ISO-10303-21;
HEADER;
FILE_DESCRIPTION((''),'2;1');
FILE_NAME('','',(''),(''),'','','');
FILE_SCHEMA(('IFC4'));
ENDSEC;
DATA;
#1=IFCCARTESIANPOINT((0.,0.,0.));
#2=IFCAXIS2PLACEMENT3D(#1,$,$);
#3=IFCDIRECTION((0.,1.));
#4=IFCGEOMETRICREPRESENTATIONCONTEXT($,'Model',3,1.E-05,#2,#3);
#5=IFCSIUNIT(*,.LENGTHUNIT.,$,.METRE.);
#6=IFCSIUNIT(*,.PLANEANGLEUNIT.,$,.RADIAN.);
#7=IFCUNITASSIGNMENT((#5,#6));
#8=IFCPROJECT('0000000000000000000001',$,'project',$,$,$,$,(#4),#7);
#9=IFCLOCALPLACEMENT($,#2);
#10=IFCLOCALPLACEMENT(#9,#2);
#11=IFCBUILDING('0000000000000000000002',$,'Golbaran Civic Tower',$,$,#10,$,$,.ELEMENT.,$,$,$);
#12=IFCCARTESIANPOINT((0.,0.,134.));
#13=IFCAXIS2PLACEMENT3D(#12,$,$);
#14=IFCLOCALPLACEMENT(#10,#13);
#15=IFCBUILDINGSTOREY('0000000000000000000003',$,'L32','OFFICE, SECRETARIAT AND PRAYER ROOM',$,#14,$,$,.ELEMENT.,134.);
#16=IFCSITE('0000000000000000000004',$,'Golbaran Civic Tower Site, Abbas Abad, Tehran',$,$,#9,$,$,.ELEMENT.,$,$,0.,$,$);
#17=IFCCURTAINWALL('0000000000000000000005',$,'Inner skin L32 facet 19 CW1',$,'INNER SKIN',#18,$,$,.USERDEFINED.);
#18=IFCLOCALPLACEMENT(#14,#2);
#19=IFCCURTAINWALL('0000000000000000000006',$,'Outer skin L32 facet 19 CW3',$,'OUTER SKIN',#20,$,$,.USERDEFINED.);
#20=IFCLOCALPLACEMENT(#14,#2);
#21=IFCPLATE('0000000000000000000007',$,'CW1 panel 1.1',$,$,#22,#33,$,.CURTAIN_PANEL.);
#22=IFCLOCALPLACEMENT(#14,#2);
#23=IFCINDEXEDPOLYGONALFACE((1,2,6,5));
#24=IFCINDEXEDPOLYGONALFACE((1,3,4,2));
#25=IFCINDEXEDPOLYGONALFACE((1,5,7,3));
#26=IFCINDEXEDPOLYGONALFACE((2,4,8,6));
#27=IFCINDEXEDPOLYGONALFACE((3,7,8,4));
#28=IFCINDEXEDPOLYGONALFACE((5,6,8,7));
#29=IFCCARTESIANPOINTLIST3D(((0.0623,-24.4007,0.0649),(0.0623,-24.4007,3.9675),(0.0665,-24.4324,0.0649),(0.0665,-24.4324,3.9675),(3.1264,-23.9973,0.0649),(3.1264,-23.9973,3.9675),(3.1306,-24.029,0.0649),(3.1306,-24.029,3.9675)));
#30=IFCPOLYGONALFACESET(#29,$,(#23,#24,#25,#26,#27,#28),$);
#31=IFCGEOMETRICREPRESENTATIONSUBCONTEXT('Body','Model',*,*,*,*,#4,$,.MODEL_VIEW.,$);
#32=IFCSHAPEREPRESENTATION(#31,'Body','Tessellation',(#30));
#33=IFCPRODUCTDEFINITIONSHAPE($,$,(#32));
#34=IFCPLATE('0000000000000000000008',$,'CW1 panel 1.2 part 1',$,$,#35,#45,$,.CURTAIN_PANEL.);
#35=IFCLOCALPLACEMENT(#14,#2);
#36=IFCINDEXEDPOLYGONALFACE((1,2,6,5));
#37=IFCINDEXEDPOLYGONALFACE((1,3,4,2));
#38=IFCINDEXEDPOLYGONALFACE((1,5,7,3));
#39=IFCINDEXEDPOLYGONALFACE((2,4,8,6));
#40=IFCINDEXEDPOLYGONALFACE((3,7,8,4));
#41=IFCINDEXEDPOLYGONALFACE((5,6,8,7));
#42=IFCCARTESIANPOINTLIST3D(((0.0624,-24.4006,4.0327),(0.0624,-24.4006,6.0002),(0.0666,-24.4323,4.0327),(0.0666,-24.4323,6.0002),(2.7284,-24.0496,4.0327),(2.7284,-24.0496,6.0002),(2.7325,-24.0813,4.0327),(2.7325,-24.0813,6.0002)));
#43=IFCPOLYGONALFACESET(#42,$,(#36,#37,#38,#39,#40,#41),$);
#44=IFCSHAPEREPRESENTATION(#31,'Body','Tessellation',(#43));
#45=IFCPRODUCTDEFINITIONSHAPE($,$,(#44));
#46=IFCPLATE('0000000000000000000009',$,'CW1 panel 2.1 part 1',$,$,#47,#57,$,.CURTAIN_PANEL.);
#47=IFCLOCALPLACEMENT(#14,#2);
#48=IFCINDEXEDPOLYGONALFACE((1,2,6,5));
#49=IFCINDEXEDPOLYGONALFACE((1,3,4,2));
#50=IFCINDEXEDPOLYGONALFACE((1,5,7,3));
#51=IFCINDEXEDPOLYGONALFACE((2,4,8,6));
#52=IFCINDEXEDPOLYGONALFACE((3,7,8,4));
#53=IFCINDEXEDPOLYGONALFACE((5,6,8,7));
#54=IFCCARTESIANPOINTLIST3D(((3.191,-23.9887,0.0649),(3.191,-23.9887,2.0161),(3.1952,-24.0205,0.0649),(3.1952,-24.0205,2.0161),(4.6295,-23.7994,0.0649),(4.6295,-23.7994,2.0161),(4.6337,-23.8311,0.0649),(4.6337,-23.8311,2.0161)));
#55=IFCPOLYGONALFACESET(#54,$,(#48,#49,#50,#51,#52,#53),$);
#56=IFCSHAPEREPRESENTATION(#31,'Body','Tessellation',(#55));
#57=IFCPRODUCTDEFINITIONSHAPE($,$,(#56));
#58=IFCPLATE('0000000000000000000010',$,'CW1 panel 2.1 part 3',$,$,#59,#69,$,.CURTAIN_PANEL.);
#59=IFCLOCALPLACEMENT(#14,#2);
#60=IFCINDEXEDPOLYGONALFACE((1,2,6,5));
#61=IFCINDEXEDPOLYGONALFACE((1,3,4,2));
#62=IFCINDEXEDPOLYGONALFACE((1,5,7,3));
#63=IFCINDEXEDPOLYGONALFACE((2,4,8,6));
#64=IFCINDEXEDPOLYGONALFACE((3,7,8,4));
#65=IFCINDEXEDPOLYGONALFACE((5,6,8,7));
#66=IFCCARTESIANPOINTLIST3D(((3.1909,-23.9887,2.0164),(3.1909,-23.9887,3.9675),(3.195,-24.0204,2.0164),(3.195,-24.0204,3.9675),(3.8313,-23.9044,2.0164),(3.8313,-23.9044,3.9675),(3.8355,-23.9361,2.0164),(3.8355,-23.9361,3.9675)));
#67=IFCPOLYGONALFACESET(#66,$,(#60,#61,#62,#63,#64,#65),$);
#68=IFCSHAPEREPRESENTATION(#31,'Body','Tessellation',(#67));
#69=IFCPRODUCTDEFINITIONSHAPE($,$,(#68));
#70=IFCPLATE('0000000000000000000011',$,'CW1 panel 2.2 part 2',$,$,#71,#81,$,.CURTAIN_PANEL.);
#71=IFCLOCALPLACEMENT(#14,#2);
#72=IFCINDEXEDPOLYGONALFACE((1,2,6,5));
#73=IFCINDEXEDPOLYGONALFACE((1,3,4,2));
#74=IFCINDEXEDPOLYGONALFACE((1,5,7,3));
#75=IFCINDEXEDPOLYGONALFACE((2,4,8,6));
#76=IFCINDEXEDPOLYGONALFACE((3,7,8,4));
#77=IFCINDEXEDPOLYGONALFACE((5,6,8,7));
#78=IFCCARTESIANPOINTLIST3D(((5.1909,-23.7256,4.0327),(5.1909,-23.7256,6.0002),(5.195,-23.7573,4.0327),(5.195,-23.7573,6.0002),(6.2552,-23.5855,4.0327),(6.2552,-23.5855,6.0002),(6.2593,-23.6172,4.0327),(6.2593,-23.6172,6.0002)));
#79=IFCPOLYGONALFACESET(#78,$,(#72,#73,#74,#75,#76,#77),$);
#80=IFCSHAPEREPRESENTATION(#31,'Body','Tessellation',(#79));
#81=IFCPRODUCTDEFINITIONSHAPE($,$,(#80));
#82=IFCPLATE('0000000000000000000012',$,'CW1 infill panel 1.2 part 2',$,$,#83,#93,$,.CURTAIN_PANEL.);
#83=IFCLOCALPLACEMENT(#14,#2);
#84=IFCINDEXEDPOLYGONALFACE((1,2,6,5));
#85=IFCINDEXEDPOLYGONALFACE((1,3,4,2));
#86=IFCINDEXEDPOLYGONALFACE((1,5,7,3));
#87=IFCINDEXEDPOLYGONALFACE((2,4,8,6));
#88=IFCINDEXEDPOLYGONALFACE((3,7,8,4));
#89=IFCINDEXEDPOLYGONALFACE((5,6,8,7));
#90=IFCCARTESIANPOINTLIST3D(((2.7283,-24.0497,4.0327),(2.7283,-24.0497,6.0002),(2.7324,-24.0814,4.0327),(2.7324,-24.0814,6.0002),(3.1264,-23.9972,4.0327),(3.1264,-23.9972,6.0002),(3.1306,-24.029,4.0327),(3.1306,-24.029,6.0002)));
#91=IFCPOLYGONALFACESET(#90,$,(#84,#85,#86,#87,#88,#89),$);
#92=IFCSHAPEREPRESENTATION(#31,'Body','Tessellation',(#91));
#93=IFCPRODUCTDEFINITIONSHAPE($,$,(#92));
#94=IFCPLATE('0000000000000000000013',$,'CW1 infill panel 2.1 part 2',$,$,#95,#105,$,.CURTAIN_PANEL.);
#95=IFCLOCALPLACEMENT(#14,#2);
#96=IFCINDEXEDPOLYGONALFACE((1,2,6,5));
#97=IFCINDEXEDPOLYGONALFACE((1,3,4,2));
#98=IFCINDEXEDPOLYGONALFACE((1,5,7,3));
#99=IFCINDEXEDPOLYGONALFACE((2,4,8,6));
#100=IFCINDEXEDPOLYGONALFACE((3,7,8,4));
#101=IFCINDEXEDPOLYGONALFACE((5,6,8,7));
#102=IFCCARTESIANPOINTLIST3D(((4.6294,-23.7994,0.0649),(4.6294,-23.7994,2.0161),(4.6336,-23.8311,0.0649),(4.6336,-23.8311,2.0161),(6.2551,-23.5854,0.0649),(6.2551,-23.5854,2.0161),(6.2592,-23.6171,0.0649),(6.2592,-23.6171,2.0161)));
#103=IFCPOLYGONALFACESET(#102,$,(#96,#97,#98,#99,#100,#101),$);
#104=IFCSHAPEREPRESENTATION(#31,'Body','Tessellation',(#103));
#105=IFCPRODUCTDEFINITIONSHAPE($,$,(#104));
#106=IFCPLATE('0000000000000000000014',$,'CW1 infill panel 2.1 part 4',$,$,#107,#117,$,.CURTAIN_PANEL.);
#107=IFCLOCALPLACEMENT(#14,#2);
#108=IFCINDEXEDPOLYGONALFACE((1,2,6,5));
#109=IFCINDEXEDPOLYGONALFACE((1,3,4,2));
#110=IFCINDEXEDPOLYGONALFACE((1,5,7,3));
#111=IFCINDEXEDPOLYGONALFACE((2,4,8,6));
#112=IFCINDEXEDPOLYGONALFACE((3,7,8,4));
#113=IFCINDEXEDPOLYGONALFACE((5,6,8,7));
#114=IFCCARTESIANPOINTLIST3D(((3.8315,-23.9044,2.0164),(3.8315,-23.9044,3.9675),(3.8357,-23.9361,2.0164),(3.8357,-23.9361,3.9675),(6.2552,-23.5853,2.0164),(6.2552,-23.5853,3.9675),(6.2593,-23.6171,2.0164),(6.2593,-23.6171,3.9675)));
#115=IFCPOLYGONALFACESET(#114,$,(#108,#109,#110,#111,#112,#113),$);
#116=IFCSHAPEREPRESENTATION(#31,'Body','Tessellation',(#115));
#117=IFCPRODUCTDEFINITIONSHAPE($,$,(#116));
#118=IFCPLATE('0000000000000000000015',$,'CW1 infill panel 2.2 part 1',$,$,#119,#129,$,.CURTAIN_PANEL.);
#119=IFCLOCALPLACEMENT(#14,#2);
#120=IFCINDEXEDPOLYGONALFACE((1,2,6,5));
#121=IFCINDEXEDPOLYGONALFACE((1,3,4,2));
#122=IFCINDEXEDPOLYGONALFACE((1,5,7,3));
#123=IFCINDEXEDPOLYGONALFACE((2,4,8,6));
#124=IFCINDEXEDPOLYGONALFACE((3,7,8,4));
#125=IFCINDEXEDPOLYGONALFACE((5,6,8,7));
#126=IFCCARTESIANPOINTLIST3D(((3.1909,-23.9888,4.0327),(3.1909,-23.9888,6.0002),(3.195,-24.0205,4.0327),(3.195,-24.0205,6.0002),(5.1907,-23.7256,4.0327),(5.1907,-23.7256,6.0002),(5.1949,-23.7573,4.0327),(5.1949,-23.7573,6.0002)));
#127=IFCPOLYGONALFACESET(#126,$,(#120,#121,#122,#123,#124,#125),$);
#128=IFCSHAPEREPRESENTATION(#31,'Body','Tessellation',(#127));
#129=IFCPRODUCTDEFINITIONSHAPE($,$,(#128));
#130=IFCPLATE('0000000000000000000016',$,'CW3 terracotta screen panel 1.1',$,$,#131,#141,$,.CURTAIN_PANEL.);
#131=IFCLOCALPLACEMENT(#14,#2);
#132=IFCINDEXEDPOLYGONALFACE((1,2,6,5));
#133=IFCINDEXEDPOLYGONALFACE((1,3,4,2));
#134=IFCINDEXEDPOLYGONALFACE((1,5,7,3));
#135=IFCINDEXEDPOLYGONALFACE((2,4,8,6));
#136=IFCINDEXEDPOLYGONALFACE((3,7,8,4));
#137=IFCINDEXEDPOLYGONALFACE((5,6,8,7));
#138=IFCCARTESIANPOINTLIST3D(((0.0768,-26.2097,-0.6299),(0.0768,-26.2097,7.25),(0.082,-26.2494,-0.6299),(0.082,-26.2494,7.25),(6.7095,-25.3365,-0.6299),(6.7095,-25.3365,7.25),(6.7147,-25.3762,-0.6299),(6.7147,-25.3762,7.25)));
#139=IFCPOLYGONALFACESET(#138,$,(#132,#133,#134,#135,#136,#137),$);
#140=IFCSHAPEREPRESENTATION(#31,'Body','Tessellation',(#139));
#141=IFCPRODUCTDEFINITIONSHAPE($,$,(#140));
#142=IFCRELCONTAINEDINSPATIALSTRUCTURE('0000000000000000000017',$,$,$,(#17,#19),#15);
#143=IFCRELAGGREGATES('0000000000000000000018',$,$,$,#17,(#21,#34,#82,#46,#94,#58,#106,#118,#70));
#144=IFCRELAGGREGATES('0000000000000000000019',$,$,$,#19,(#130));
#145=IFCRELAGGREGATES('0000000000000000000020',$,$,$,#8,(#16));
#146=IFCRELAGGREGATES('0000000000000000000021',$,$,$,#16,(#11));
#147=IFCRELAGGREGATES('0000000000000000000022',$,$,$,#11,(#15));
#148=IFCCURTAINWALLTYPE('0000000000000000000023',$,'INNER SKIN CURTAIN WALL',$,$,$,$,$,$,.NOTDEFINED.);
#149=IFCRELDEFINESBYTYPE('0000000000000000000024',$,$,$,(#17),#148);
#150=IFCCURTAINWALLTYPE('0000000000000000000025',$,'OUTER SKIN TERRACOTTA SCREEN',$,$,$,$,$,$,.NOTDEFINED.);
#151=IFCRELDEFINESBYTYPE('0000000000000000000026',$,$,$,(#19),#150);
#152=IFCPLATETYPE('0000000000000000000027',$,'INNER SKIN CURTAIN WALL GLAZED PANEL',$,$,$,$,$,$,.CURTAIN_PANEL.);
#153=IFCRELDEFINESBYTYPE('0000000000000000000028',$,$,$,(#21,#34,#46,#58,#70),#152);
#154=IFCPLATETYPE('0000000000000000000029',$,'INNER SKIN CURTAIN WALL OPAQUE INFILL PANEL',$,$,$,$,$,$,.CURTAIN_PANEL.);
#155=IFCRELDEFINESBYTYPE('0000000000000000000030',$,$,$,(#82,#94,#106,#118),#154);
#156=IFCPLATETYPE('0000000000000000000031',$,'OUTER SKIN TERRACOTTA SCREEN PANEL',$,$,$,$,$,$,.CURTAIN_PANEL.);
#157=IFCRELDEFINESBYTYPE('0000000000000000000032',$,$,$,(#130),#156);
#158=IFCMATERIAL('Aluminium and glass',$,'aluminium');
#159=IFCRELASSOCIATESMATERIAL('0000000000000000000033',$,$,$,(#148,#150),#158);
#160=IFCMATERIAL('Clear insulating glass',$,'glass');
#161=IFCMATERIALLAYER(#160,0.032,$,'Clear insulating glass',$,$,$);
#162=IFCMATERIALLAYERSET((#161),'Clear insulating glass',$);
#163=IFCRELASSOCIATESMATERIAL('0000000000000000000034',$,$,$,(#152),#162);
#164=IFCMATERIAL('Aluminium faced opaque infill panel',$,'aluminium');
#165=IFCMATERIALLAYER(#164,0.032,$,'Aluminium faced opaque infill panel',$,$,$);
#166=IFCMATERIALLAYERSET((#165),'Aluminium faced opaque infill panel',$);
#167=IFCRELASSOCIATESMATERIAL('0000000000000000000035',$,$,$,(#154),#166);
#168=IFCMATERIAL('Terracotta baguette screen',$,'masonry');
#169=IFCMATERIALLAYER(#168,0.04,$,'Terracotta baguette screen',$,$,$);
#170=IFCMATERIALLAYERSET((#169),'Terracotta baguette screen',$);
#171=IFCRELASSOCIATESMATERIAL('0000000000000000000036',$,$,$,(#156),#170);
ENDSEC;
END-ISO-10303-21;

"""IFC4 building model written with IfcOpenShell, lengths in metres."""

from ifc_helpers import new_model, si_unit, direction, frame, origin, origin_2d, place, context, subcontext, project, spatial, rectangle, extrude, material, layer, layer_set, type_object, element, aggregate, save


model = new_model("IFC4")

# Units and contexts
model_context = context("Model", 3, precision=1e-05, world=origin(), true_north=direction((0.0, 1.0)))
body_context = subcontext(model_context, "Body", "Model", "MODEL_VIEW")
ifc_project = project(units=[si_unit("LENGTHUNIT", "METRE"), si_unit("PLANEANGLEUNIT", "RADIAN")], contexts=[model_context])

# Site, building, storey
site_placement = place(None, origin())
site = spatial("IfcSite", under=ifc_project, at=site_placement, Name="Golbaran Civic Tower Site, Abbas Abad, Tehran", CompositionType="ELEMENT", RefElevation=0.0)
building_placement = place(site_placement, origin())
building = spatial("IfcBuilding", under=site, at=building_placement, Name="Golbaran Civic Tower", CompositionType="ELEMENT")
storey_placement = place(building_placement, frame((0.0, 0.0, 134.0)))
storey = spatial("IfcBuildingStorey", under=building, at=storey_placement, Name="L32", Description="OFFICE, SECRETARIAT AND PRAYER ROOM", CompositionType="ELEMENT", Elevation=134.0)

# Curtain wall
ifc_material_1 = material(Name="Aluminium and glass", Category="aluminium")
curtain_wall_type_1 = type_object("IfcCurtainWallType", Name="INNER SKIN CURTAIN WALL", PredefinedType="NOTDEFINED", material=ifc_material_1)
curtain_wall_1_placement = place(storey_placement, origin())
curtain_wall_1 = element("IfcCurtainWall", 1, at=curtain_wall_1_placement, inside=storey, type_object=curtain_wall_type_1, Name="Inner skin L32 facet 19 CW1", ObjectType="INNER SKIN", PredefinedType="USERDEFINED")

# Curtain wall
curtain_wall_type_2 = type_object("IfcCurtainWallType", Name="OUTER SKIN TERRACOTTA SCREEN", PredefinedType="NOTDEFINED", material=ifc_material_1)
curtain_wall_2_placement = place(storey_placement, origin())
curtain_wall_2 = element("IfcCurtainWall", 2, at=curtain_wall_2_placement, inside=storey, type_object=curtain_wall_type_2, Name="Outer skin L32 facet 19 CW3", ObjectType="OUTER SKIN", PredefinedType="USERDEFINED")

# Plates
ifc_material_2 = material(Name="Clear insulating glass", Category="glass")
ifc_layer_1 = layer(ifc_material_2, 0.032, Name="Clear insulating glass")
ifc_layer_set_1 = layer_set([ifc_layer_1], Name="Clear insulating glass")
plate_type_1 = type_object("IfcPlateType", Name="INNER SKIN CURTAIN WALL GLAZED PANEL", PredefinedType="CURTAIN_PANEL", material=ifc_layer_set_1)
plate_1_placement = place(storey_placement, frame((1.5964, -24.2148, 0.0649), z_axis=(0.0, 0.0, 1.0), x_axis=(0.991445, 0.130526, 0.0)))
plate_1 = element("IfcPlate", 3, at=plate_1_placement, type_object=plate_type_1, Name="CW1 panel 1.1", PredefinedType="CURTAIN_PANEL", context=body_context, shape_type="SweptSolid", body=[
    extrude(rectangle(XDim=3.0906, YDim=0.032, at=origin_2d()), origin(), (0.0, 0.0, 1.0), 3.9026),
])
plate_2_placement = place(storey_placement, frame((1.3975, -24.241, 4.0327), z_axis=(0.0, 0.0, 1.0), x_axis=(0.991445, 0.130526, 0.0)))
plate_2 = element("IfcPlate", 4, at=plate_2_placement, type_object=plate_type_1, Name="CW1 panel 1.2 part 1", PredefinedType="CURTAIN_PANEL", context=body_context, shape_type="SweptSolid", body=[
    extrude(rectangle(XDim=2.689, YDim=0.032, at=origin_2d()), origin(), (0.0, 0.0, 1.0), 1.9675),
])
plate_3_placement = place(storey_placement, frame((3.9124, -23.9099, 0.0649), z_axis=(0.0, 0.0, 1.0), x_axis=(0.991445, 0.130526, 0.0)))
plate_3 = element("IfcPlate", 5, at=plate_3_placement, type_object=plate_type_1, Name="CW1 panel 2.1 part 1", PredefinedType="CURTAIN_PANEL", context=body_context, shape_type="SweptSolid", body=[
    extrude(rectangle(XDim=1.4509, YDim=0.032, at=origin_2d()), origin(), (0.0, 0.0, 1.0), 1.9512),
])
plate_4_placement = place(storey_placement, frame((3.5132, -23.9624, 2.0164), z_axis=(0.0, 0.0, 1.0), x_axis=(0.991445, 0.130526, 0.0)))
plate_4 = element("IfcPlate", 6, at=plate_4_placement, type_object=plate_type_1, Name="CW1 panel 2.1 part 3", PredefinedType="CURTAIN_PANEL", context=body_context, shape_type="SweptSolid", body=[
    extrude(rectangle(XDim=0.646, YDim=0.032, at=origin_2d()), origin(), (0.0, 0.0, 1.0), 1.9512),
])
plate_5_placement = place(storey_placement, frame((5.7251, -23.6714, 4.0327), z_axis=(0.0, 0.0, 1.0), x_axis=(0.991445, 0.130526, 0.0)))
plate_5 = element("IfcPlate", 7, at=plate_5_placement, type_object=plate_type_1, Name="CW1 panel 2.2 part 2", PredefinedType="CURTAIN_PANEL", context=body_context, shape_type="SweptSolid", body=[
    extrude(rectangle(XDim=1.0735, YDim=0.032, at=origin_2d()), origin(), (0.0, 0.0, 1.0), 1.9675),
])
ifc_material_3 = material(Name="Aluminium faced opaque infill panel", Category="aluminium")
ifc_layer_2 = layer(ifc_material_3, 0.032, Name="Aluminium faced opaque infill panel")
ifc_layer_set_2 = layer_set([ifc_layer_2], Name="Aluminium faced opaque infill panel")
plate_type_2 = type_object("IfcPlateType", Name="INNER SKIN CURTAIN WALL OPAQUE INFILL PANEL", PredefinedType="CURTAIN_PANEL", material=ifc_layer_set_2)
plate_6_placement = place(storey_placement, frame((2.9294, -24.0393, 4.0327), z_axis=(0.0, 0.0, 1.0), x_axis=(0.991445, 0.130526, 0.0)))
plate_6 = element("IfcPlate", 8, at=plate_6_placement, type_object=plate_type_2, Name="CW1 infill panel 1.2 part 2", PredefinedType="CURTAIN_PANEL", context=body_context, shape_type="SweptSolid", body=[
    extrude(rectangle(XDim=0.4016, YDim=0.032, at=origin_2d()), origin(), (0.0, 0.0, 1.0), 1.9675),
])
plate_7_placement = place(storey_placement, frame((5.4443, -23.7083, 0.0649), z_axis=(0.0, 0.0, 1.0), x_axis=(0.991445, 0.130526, 0.0)))
plate_7 = element("IfcPlate", 9, at=plate_7_placement, type_object=plate_type_2, Name="CW1 infill panel 2.1 part 2", PredefinedType="CURTAIN_PANEL", context=body_context, shape_type="SweptSolid", body=[
    extrude(rectangle(XDim=1.6396, YDim=0.032, at=origin_2d()), origin(), (0.0, 0.0, 1.0), 1.9512),
])
plate_8_placement = place(storey_placement, frame((5.0454, -23.7607, 2.0164), z_axis=(0.0, 0.0, 1.0), x_axis=(0.991445, 0.130526, 0.0)))
plate_8 = element("IfcPlate", 10, at=plate_8_placement, type_object=plate_type_2, Name="CW1 infill panel 2.1 part 4", PredefinedType="CURTAIN_PANEL", context=body_context, shape_type="SweptSolid", body=[
    extrude(rectangle(XDim=2.4446, YDim=0.032, at=origin_2d()), origin(), (0.0, 0.0, 1.0), 1.9512),
])
plate_9_placement = place(storey_placement, frame((4.1929, -23.873, 4.0327), z_axis=(0.0, 0.0, 1.0), x_axis=(0.991445, 0.130526, 0.0)))
plate_9 = element("IfcPlate", 11, at=plate_9_placement, type_object=plate_type_2, Name="CW1 infill panel 2.2 part 1", PredefinedType="CURTAIN_PANEL", context=body_context, shape_type="SweptSolid", body=[
    extrude(rectangle(XDim=2.0171, YDim=0.032, at=origin_2d()), origin(), (0.0, 0.0, 1.0), 1.9675),
])
aggregate(curtain_wall_1, [plate_1, plate_2, plate_6, plate_3, plate_7, plate_4, plate_8, plate_9, plate_5])
ifc_material_4 = material(Name="Terracotta baguette screen", Category="masonry")
ifc_layer_3 = layer(ifc_material_4, 0.04, Name="Terracotta baguette screen")
ifc_layer_set_3 = layer_set([ifc_layer_3], Name="Terracotta baguette screen")
plate_type_3 = type_object("IfcPlateType", Name="OUTER SKIN TERRACOTTA SCREEN PANEL", PredefinedType="CURTAIN_PANEL", material=ifc_layer_set_3)
plate_10_placement = place(storey_placement, frame((3.3958, -25.793, -0.6299), z_axis=(0.0, 0.0, 1.0), x_axis=(0.991445, 0.130526, 0.0)))
plate_10 = element("IfcPlate", 12, at=plate_10_placement, type_object=plate_type_3, Name="CW3 terracotta screen panel 1.1", PredefinedType="CURTAIN_PANEL", context=body_context, shape_type="SweptSolid", body=[
    extrude(rectangle(XDim=6.6899, YDim=0.04, at=origin_2d()), origin(), (0.0, 0.0, 1.0), 7.8799),
])
aggregate(curtain_wall_2, [plate_10])

save(model, "model.ifc")
